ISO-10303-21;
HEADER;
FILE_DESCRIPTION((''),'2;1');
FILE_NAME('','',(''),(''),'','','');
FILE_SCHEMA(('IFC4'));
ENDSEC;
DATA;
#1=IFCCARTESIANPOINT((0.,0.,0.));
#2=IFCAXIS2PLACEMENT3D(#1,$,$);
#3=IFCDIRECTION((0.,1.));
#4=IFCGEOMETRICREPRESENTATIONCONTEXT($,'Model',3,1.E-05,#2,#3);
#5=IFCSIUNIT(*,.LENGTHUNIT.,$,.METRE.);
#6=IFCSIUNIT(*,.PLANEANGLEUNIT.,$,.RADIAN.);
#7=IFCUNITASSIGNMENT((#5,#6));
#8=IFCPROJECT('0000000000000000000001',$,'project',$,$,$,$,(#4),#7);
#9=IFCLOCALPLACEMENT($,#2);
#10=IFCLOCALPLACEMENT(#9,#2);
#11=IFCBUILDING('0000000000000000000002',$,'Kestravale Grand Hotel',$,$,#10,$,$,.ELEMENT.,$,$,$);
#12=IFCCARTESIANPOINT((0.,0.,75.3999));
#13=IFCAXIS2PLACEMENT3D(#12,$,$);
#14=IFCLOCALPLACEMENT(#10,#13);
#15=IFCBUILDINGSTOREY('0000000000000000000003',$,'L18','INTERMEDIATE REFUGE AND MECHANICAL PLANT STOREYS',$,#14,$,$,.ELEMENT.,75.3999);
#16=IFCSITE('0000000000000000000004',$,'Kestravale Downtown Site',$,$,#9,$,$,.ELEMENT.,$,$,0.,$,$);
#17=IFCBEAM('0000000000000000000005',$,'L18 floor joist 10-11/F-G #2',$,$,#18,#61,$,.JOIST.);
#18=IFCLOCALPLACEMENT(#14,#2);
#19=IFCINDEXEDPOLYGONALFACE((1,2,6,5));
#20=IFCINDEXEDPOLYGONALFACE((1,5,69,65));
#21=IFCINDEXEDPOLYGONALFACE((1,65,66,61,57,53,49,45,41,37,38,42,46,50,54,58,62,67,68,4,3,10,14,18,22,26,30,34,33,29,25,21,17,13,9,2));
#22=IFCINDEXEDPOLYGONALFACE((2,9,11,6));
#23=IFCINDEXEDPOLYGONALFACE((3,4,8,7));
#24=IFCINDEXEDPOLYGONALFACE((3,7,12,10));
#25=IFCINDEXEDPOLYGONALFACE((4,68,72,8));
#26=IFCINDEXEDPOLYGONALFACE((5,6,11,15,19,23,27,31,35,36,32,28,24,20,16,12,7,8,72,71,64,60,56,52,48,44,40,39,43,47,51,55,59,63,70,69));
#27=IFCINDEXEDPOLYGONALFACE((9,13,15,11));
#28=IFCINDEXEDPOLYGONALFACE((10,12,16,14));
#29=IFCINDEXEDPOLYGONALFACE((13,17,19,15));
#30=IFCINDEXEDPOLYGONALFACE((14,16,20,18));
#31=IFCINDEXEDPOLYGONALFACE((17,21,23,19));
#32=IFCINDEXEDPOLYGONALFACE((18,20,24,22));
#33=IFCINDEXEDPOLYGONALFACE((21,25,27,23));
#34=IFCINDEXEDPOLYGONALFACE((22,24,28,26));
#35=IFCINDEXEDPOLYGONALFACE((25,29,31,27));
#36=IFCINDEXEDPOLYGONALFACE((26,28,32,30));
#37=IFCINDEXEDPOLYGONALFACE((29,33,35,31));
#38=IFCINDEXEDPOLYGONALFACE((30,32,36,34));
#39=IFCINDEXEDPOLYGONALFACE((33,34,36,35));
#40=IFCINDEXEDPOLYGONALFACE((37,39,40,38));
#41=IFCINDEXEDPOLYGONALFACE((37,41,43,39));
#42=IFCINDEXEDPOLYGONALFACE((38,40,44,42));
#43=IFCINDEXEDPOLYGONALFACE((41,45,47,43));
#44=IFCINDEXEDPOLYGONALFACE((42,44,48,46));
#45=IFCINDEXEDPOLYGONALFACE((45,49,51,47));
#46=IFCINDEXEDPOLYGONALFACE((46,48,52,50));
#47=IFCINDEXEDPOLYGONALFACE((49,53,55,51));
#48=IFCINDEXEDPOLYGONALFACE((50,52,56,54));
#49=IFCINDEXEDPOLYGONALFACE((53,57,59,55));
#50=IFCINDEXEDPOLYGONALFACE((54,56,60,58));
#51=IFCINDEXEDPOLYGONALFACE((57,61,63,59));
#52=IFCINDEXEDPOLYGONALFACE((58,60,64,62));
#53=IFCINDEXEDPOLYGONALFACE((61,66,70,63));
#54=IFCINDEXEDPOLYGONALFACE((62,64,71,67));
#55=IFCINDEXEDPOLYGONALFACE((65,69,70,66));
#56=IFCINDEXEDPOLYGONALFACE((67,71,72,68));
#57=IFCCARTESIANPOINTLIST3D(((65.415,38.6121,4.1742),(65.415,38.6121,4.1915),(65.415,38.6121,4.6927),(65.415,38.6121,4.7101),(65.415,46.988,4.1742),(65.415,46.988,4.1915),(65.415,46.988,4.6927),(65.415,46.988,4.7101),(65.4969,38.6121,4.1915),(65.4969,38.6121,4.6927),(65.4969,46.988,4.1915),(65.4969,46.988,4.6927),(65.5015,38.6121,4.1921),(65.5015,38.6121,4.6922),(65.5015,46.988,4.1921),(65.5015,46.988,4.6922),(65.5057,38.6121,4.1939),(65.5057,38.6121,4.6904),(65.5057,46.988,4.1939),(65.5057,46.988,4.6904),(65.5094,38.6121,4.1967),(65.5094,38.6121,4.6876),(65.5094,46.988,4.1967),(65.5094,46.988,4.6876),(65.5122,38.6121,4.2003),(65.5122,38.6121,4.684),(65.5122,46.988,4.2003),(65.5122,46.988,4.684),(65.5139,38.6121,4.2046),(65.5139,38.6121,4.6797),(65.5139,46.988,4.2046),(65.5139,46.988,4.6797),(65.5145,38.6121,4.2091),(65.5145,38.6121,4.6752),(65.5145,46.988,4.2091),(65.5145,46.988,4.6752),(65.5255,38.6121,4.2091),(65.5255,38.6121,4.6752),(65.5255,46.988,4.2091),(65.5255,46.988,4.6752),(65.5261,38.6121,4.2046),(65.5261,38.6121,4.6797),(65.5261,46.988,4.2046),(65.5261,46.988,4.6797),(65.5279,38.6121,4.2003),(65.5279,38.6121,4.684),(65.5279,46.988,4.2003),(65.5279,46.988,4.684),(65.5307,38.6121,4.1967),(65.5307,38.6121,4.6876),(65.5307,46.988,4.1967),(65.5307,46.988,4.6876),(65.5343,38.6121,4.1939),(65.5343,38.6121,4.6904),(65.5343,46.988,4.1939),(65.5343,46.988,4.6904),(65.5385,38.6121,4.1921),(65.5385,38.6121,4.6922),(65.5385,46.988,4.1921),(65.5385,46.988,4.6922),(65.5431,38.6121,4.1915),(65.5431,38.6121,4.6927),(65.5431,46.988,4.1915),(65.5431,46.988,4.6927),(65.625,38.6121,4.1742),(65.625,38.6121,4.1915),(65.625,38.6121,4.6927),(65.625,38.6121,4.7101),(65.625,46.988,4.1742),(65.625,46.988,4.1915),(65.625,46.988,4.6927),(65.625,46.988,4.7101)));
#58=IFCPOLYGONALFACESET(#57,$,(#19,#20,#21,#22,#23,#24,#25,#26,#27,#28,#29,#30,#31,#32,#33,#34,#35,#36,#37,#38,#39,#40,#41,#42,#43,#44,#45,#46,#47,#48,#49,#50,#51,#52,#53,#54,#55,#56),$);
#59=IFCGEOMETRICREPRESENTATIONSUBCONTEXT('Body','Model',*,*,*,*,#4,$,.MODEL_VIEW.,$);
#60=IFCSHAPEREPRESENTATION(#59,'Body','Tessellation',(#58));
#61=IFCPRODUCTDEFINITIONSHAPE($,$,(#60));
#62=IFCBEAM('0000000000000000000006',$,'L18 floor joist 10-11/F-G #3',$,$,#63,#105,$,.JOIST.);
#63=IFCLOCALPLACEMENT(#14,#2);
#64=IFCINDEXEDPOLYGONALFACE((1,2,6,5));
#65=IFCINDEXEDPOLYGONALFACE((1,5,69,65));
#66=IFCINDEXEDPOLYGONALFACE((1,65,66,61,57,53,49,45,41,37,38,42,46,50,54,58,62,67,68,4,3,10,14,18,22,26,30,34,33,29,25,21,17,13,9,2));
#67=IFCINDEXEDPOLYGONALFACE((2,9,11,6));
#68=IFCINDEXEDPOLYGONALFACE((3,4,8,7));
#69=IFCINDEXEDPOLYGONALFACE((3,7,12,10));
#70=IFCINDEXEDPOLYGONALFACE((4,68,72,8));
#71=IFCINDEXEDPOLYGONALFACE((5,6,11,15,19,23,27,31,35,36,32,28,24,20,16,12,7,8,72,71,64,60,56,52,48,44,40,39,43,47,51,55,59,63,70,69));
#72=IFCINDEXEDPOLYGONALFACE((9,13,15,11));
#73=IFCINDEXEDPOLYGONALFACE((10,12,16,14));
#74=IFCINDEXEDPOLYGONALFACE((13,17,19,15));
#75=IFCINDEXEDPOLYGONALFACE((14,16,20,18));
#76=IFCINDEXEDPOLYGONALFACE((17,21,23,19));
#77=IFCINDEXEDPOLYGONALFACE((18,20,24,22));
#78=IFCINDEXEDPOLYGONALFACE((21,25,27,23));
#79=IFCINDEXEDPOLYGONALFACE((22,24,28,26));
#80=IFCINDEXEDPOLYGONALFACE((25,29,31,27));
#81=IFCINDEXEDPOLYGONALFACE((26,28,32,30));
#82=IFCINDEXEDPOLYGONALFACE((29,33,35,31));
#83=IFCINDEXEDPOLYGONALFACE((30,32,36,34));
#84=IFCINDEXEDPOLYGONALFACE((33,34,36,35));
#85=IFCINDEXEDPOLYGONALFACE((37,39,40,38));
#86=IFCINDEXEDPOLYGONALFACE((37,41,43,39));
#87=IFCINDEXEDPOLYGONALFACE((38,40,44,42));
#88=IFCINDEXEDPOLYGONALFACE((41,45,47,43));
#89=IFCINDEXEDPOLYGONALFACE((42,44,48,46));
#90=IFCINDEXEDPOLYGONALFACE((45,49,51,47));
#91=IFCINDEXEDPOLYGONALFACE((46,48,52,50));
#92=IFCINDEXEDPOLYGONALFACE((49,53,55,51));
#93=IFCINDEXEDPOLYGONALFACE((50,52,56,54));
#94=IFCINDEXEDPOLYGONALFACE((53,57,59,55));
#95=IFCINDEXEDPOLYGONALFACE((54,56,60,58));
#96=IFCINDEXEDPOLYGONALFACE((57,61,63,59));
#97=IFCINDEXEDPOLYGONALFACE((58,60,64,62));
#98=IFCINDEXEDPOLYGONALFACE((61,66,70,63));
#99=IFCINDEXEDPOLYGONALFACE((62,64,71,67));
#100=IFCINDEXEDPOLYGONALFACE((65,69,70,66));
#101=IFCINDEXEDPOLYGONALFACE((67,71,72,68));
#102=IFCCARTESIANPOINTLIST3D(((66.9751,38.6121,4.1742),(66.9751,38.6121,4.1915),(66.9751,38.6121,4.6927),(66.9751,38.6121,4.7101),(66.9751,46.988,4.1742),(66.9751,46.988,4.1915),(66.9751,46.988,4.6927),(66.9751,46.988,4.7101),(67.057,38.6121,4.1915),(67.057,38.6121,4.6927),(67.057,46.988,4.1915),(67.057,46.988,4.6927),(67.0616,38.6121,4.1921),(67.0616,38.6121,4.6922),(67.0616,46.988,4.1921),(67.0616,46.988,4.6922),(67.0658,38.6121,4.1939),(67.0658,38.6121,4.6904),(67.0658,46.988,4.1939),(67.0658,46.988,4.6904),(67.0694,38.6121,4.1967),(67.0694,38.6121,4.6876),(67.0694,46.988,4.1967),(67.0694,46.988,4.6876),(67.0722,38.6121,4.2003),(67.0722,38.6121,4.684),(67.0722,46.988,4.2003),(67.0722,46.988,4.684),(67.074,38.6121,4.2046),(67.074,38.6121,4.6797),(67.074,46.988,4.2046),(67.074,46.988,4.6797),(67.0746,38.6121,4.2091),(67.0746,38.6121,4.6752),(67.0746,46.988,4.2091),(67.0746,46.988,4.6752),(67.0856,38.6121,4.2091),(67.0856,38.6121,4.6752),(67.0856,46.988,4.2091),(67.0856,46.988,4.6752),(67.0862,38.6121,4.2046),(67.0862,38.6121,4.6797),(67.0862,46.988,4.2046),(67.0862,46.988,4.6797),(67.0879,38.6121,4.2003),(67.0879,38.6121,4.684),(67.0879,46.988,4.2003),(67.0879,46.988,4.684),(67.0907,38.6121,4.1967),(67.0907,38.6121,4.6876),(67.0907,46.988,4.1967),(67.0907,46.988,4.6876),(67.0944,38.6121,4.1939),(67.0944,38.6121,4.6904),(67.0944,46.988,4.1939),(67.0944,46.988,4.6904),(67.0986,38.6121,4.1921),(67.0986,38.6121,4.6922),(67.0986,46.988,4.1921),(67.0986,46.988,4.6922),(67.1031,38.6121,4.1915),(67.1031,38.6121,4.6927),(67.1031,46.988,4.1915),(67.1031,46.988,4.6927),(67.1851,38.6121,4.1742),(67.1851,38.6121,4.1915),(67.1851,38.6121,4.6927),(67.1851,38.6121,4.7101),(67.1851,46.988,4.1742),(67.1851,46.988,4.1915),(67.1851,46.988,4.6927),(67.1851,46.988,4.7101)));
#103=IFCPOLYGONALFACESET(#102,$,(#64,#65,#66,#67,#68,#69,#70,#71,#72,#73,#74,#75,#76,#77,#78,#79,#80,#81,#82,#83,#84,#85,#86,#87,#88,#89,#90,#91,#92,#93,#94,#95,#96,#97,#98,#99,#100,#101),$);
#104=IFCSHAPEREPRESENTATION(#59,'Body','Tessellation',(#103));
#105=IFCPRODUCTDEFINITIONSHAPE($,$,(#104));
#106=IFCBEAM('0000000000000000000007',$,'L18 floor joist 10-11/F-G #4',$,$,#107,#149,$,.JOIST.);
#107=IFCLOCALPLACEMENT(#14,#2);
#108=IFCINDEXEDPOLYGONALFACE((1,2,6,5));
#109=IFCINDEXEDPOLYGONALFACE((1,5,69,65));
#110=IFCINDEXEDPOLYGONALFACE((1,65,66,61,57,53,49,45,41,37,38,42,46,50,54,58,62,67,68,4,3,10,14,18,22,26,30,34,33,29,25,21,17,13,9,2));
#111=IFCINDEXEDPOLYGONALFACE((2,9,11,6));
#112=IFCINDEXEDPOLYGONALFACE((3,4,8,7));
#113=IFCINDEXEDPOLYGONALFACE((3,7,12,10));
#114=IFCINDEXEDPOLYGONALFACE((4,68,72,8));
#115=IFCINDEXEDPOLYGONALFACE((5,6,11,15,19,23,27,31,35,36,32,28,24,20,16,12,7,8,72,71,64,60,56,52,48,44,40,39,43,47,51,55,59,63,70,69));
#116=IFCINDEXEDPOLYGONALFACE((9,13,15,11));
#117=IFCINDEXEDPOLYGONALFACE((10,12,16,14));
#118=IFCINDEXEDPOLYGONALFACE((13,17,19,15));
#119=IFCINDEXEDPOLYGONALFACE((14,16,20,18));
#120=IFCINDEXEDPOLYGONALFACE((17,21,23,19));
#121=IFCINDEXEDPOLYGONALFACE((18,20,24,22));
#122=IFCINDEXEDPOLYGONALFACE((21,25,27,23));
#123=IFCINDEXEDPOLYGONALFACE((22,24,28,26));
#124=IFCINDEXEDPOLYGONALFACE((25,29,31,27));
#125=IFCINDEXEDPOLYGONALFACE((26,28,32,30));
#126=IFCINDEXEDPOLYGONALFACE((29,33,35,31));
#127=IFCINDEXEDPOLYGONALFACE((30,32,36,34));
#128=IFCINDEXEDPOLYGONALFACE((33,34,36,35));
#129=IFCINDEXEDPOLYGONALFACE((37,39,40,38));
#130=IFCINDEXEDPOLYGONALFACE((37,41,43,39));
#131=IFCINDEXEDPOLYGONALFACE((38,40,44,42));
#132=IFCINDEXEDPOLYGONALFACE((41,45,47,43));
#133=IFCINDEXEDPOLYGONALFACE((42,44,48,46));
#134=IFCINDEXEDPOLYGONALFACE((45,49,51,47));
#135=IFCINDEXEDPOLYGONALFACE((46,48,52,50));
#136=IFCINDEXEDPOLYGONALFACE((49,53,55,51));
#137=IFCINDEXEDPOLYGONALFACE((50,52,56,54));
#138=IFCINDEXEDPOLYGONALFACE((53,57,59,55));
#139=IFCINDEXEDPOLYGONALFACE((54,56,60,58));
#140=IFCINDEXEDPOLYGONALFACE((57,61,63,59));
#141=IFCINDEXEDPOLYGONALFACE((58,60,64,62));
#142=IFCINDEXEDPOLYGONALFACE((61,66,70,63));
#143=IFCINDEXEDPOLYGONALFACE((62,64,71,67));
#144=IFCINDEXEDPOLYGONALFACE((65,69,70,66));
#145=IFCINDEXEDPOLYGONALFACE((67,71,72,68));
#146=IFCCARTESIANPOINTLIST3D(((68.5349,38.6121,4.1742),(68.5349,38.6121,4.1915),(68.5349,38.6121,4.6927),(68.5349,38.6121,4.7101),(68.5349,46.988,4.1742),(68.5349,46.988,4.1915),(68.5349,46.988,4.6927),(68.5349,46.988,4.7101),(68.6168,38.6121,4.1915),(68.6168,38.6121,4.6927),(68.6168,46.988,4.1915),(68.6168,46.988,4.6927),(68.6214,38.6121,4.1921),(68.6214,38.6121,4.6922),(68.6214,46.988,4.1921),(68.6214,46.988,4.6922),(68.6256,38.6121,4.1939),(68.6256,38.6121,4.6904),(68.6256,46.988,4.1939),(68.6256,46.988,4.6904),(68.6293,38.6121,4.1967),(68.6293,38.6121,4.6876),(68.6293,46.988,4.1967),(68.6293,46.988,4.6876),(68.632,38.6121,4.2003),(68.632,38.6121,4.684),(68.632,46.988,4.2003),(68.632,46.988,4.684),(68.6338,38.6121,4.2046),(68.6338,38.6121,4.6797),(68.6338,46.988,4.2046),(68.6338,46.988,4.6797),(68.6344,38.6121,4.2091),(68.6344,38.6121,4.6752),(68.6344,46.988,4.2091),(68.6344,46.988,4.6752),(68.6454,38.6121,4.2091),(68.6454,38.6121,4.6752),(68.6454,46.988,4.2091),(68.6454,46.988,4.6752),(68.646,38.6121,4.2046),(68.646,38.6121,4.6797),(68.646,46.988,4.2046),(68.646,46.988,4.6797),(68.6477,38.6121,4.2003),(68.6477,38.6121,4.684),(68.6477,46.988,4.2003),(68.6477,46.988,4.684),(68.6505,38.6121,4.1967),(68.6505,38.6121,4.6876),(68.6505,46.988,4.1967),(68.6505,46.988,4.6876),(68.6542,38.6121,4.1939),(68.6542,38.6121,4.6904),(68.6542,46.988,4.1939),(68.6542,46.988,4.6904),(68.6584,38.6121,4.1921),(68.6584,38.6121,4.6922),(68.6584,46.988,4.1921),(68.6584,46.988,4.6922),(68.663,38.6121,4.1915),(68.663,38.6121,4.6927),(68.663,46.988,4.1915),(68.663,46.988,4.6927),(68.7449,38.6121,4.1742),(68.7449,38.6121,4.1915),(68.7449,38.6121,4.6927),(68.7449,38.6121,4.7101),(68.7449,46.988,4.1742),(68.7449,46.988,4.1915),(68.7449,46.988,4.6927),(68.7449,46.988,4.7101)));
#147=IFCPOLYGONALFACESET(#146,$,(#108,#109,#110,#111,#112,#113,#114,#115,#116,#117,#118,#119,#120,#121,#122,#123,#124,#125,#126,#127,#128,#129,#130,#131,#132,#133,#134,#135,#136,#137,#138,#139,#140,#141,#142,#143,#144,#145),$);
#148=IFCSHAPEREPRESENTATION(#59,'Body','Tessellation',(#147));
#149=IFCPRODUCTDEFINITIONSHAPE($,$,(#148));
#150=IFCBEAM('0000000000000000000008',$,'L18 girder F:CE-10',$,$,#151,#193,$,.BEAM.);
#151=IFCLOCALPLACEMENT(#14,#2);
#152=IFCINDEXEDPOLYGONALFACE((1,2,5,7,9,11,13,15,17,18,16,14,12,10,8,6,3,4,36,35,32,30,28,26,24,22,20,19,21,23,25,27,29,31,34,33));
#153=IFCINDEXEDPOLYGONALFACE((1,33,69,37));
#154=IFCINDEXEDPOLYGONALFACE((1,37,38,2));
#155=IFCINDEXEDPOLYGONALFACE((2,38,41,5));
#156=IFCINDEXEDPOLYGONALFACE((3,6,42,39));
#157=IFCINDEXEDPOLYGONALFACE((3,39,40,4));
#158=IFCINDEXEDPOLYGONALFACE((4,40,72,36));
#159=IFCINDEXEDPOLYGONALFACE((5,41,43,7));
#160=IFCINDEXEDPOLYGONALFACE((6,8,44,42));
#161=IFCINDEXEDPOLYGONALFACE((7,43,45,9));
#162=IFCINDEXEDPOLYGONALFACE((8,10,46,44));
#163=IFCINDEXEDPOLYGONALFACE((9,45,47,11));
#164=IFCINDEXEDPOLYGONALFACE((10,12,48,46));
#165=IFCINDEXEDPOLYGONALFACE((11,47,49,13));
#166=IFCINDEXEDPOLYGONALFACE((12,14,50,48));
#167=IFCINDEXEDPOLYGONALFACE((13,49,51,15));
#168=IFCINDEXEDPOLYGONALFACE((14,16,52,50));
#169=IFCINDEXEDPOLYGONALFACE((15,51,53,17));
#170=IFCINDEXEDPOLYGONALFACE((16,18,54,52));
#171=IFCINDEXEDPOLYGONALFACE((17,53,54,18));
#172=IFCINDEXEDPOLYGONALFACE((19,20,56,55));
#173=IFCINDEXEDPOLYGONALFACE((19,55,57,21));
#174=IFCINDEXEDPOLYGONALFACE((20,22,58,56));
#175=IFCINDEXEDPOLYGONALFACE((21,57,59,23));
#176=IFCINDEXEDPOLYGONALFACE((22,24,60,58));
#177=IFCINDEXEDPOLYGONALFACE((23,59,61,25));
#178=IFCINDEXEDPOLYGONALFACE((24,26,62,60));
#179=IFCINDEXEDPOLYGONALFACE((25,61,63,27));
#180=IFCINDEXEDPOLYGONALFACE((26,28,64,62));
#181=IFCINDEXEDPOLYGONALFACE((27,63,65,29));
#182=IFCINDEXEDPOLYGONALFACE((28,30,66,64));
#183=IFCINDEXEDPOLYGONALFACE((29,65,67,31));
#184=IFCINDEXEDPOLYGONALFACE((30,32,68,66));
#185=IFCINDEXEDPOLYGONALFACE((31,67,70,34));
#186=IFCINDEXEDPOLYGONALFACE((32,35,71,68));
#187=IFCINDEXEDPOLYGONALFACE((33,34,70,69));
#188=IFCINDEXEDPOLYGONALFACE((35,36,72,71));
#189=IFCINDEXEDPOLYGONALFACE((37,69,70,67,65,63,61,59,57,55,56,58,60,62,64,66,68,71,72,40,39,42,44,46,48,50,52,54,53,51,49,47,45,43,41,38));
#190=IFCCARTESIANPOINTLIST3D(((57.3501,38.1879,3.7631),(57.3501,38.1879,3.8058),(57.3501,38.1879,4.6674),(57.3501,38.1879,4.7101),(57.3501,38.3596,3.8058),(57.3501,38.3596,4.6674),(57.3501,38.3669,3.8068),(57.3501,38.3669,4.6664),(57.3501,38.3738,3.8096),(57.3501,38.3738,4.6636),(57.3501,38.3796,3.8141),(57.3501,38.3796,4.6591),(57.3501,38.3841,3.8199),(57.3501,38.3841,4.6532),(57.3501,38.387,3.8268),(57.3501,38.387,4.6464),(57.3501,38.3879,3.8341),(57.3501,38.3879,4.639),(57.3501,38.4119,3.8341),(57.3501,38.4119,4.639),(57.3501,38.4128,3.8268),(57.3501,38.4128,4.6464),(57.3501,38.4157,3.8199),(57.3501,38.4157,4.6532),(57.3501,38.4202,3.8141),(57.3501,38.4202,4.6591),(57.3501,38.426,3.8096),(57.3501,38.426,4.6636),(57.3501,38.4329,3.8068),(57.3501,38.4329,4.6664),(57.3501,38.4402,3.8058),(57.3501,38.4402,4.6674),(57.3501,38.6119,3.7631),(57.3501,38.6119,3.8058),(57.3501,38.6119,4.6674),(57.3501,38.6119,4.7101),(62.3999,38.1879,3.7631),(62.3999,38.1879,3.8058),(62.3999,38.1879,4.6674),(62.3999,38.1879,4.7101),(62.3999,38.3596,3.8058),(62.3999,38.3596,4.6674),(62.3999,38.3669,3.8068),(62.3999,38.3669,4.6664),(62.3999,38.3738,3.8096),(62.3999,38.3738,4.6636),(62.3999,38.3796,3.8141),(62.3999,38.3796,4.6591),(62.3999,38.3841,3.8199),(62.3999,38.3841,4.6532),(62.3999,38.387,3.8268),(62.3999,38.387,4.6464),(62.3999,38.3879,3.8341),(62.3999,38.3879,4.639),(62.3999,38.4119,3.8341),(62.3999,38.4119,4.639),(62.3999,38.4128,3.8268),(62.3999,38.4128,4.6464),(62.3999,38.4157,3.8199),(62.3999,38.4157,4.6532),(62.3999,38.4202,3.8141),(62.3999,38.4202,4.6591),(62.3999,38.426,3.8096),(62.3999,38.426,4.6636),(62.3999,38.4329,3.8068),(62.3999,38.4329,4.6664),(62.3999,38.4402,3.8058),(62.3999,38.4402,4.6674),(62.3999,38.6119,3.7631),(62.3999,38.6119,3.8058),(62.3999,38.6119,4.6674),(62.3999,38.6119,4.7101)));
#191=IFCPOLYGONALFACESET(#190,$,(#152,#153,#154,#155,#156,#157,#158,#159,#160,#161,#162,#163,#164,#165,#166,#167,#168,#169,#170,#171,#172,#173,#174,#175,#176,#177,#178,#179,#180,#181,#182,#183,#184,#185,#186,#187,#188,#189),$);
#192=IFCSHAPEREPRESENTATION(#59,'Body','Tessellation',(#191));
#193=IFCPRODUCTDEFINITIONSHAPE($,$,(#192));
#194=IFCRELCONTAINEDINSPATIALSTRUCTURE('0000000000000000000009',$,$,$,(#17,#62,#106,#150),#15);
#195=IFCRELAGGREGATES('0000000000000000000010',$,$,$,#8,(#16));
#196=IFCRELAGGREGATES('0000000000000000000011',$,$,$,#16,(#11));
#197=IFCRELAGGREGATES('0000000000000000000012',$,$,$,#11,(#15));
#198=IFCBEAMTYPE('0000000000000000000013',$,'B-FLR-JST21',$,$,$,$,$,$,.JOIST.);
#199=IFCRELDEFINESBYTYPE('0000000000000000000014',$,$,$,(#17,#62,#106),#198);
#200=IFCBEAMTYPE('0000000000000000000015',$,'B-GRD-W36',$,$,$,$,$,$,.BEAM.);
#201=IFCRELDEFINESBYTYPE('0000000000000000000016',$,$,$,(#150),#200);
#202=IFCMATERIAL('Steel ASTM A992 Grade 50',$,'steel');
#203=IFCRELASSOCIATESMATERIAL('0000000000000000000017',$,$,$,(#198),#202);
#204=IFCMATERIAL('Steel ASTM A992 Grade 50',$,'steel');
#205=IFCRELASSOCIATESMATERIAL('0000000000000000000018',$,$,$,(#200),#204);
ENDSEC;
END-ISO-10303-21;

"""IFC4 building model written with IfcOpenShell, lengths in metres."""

from ifc_helpers import new_model, si_unit, direction, frame, origin, origin_2d, place, context, subcontext, project, spatial, i_section, extrude, material, material_profile, profile_set, type_object, element, save


model = new_model("IFC4")

# Units and contexts
model_context = context("Model", 3, precision=1e-05, world=origin(), true_north=direction((0.0, 1.0)))
body_context = subcontext(model_context, "Body", "Model", "MODEL_VIEW")
ifc_project = project(units=[si_unit("LENGTHUNIT", "METRE"), si_unit("PLANEANGLEUNIT", "RADIAN")], contexts=[model_context])

# Site, building, storey
site_placement = place(None, origin())
site = spatial("IfcSite", under=ifc_project, at=site_placement, Name="Kestravale Downtown Site", CompositionType="ELEMENT", RefElevation=0.0)
building_placement = place(site_placement, origin())
building = spatial("IfcBuilding", under=site, at=building_placement, Name="Kestravale Grand Hotel", CompositionType="ELEMENT")
storey_placement = place(building_placement, frame((0.0, 0.0, 75.3999)))
storey = spatial("IfcBuildingStorey", under=building, at=storey_placement, Name="L18", Description="INTERMEDIATE REFUGE AND MECHANICAL PLANT STOREYS", CompositionType="ELEMENT", Elevation=75.3999)

# Beams
ifc_material_1 = material(Name="Steel ASTM A992 Grade 50", Category="steel")
ifc_material_profile_1 = material_profile(ifc_material_1, i_section(OverallWidth=0.21, OverallDepth=0.5359, WebThickness=0.011, FlangeThickness=0.0173, FilletRadius=0.0176, at=origin_2d()))
ifc_profile_set_1 = profile_set([ifc_material_profile_1], Name="Steel ASTM A992 Grade 50")
beam_type_1 = type_object("IfcBeamType", Name="B-FLR-JST21", PredefinedType="JOIST", material=ifc_profile_set_1)
for number, where, z_axis, x_axis, name in (
    (1, (65.52, 38.6121, 4.4421), (0.0, 1.0, 0.0), (-1.0, 0.0, 0.0), "L18 floor joist 10-11/F-G #2"),
    (2, (67.0801, 38.6121, 4.4421), (0.0, 1.0, 0.0), (-1.0, 0.0, 0.0), "L18 floor joist 10-11/F-G #3"),
    (3, (68.6399, 38.6121, 4.4421), (0.0, 1.0, 0.0), (-1.0, 0.0, 0.0), "L18 floor joist 10-11/F-G #4"),
):
    element("IfcBeam", number, at=place(storey_placement, frame(where, z_axis=z_axis, x_axis=x_axis)), inside=storey, type_object=beam_type_1, Name=name, PredefinedType="JOIST", context=body_context, shape_type="SweptSolid", body=[
        extrude(i_section(OverallWidth=0.21, OverallDepth=0.5359, WebThickness=0.011, FlangeThickness=0.0173, FilletRadius=0.0176, at=origin_2d()), origin(), (0.0, 0.0, 1.0), 8.376),
    ])
ifc_material_2 = material(Name="Steel ASTM A992 Grade 50", Category="steel")
ifc_material_profile_2 = material_profile(ifc_material_2, i_section(OverallWidth=0.4241, OverallDepth=0.947, WebThickness=0.0239, FlangeThickness=0.0427, FilletRadius=0.0283, at=origin_2d()))
ifc_profile_set_2 = profile_set([ifc_material_profile_2], Name="Steel ASTM A992 Grade 50")
beam_type_2 = type_object("IfcBeamType", Name="B-GRD-W36", PredefinedType="BEAM", material=ifc_profile_set_2)
beam_1_placement = place(storey_placement, frame((57.3501, 38.3999, 4.2366), z_axis=(1.0, 0.0, 0.0), x_axis=(0.0, 1.0, 0.0)))
element("IfcBeam", 4, at=beam_1_placement, inside=storey, type_object=beam_type_2, Name="L18 girder F:CE-10", PredefinedType="BEAM", context=body_context, shape_type="SweptSolid", body=[
    extrude(i_section(OverallWidth=0.4241, OverallDepth=0.947, WebThickness=0.0239, FlangeThickness=0.0427, FilletRadius=0.0283, at=origin_2d()), origin(), (0.0, 0.0, 1.0), 5.0498),
])

save(model, "model.ifc")
